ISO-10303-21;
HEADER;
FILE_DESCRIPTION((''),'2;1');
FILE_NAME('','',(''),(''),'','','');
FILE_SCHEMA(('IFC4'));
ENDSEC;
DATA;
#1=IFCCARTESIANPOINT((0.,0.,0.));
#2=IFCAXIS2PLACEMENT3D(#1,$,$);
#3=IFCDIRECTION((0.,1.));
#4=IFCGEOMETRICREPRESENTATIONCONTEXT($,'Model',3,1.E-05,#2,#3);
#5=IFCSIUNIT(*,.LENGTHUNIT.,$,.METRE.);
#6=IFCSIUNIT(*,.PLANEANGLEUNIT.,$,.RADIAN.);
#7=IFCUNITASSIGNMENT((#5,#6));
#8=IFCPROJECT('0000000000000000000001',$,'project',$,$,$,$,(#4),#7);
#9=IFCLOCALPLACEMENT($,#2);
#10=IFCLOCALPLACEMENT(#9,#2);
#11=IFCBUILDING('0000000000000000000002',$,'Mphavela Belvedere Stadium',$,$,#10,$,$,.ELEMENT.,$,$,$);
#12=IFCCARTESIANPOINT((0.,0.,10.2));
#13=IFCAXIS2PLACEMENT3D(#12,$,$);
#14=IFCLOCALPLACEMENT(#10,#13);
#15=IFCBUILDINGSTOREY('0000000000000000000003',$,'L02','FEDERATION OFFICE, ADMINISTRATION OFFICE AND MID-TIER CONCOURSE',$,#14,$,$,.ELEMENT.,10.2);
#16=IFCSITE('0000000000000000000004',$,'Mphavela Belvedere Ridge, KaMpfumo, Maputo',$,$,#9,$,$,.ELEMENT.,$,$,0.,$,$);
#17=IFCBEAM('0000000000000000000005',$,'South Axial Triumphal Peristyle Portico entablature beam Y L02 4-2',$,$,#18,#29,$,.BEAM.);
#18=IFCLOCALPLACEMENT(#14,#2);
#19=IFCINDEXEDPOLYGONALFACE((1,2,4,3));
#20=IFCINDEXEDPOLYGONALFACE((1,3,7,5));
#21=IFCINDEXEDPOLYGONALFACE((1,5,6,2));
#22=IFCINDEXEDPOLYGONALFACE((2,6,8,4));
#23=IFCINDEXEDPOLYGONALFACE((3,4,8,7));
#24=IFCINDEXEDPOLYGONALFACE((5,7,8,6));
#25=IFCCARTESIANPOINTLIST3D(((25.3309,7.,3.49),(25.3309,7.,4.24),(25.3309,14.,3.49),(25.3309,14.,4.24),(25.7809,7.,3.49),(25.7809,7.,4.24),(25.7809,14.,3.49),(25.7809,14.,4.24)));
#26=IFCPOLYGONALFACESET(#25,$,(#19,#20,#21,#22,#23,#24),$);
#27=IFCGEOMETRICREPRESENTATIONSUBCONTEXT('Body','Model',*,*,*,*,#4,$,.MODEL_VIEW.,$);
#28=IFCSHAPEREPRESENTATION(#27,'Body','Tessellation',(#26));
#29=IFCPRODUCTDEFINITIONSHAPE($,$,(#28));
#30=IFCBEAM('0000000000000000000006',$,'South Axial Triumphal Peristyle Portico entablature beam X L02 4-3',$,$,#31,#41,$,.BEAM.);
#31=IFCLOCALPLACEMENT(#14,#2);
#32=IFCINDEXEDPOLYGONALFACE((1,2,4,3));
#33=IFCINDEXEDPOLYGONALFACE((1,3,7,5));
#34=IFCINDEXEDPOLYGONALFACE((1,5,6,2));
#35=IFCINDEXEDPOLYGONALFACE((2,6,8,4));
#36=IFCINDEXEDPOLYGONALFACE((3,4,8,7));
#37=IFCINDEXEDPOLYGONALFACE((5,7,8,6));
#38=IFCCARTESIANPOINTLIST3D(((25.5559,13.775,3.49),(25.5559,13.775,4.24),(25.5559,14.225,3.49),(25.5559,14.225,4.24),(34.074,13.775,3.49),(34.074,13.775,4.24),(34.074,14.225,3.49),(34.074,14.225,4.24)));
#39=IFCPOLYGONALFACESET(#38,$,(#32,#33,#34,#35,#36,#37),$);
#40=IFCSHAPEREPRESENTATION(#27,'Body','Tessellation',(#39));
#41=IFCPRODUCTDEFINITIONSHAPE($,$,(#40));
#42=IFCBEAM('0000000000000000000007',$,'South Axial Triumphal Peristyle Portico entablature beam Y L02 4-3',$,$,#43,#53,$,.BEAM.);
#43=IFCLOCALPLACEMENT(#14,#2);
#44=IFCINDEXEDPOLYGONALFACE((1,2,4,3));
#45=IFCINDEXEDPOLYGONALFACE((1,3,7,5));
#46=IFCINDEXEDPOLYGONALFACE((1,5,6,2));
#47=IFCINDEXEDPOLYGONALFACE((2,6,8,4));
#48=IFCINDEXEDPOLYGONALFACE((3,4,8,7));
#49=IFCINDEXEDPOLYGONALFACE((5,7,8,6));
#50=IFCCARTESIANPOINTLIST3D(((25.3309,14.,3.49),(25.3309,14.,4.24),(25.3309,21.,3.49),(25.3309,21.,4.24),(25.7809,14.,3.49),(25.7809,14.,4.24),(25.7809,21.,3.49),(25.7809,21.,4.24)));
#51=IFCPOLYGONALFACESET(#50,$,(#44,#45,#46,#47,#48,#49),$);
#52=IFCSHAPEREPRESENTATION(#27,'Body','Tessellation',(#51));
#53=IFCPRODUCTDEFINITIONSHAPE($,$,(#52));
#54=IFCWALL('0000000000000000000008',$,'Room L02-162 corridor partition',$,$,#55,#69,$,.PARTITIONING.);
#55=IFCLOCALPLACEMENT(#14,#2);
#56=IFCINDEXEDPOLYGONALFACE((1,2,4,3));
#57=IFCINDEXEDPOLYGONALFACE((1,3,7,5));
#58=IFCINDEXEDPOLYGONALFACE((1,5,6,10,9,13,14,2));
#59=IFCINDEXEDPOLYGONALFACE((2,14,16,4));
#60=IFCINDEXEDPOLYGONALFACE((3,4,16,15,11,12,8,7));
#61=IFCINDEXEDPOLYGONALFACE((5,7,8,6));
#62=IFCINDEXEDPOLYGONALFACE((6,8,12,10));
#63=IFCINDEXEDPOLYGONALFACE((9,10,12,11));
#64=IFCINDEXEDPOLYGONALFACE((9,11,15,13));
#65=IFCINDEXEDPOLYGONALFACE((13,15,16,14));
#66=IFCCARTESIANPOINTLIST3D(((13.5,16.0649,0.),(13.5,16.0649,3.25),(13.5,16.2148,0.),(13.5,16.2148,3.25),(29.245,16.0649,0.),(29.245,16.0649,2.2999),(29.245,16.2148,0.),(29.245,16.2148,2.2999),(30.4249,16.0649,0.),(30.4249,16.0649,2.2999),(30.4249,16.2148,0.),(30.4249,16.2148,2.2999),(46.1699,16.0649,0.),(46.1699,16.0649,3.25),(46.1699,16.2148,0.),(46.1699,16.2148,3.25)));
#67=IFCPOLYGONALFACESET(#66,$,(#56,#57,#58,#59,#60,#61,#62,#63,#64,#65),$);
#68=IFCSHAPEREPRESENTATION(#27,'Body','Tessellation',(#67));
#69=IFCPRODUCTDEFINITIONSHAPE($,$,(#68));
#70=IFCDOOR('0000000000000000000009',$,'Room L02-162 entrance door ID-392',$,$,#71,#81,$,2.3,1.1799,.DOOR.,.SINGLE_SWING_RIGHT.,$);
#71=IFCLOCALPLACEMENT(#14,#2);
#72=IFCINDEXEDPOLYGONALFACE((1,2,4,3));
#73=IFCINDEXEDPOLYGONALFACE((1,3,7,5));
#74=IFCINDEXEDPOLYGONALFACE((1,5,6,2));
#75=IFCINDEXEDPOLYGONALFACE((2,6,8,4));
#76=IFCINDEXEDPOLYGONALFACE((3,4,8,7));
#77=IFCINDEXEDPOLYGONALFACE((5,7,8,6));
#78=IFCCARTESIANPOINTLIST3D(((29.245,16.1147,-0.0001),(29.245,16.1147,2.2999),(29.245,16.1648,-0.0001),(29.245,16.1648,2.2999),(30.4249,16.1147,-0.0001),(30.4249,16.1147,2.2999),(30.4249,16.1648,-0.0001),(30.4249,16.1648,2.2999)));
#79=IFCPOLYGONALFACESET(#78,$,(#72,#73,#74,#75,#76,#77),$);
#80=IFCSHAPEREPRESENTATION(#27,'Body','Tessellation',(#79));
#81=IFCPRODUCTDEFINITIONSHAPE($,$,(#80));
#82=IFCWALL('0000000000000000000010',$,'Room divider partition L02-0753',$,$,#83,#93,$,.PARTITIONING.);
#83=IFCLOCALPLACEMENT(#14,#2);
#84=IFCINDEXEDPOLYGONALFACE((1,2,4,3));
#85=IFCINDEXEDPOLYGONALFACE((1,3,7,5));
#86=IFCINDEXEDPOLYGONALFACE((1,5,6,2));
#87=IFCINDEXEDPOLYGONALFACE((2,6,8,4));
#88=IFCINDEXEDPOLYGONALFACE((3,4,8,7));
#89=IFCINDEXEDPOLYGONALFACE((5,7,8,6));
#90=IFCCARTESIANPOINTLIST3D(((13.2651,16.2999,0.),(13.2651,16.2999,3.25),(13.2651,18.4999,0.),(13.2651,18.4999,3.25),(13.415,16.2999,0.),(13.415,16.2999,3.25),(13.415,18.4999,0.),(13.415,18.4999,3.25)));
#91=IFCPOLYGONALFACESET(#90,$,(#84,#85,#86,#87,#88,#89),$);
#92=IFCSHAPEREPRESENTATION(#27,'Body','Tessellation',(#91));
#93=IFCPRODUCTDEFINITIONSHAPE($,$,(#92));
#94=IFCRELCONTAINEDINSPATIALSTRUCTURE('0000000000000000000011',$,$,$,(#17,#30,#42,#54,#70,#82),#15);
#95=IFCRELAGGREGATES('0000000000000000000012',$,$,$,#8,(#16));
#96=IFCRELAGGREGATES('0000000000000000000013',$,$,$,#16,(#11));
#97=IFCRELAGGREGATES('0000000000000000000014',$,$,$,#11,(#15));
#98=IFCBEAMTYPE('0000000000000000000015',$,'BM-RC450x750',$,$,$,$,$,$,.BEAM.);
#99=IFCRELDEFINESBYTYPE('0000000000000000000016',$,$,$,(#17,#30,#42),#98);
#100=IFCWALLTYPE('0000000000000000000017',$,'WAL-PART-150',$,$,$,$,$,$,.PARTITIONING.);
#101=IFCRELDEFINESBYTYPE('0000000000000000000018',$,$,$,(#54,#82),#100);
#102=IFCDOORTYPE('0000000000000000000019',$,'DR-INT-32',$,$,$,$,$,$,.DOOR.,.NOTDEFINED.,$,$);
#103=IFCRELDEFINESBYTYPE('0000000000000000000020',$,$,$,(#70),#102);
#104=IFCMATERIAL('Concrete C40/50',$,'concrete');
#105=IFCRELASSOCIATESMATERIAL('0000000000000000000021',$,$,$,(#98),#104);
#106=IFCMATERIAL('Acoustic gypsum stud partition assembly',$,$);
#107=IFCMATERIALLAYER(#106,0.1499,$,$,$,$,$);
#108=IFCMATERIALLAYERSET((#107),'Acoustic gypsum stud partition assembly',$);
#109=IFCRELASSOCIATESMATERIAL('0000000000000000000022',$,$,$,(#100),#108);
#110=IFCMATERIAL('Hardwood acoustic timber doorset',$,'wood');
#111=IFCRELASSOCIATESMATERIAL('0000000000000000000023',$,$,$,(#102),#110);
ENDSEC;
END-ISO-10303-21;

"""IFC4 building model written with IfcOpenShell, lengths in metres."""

from ifc_helpers import new_model, si_unit, direction, frame, frame_2d, origin, origin_2d, place, context, subcontext, project, spatial, rectangle, extrude, material, layer, layer_set, material_profile, profile_set, type_object, element, fill, save


model = new_model("IFC4")

# Units and contexts
model_context = context("Model", 3, precision=1e-05, world=origin(), true_north=direction((0.0, 1.0)))
body_context = subcontext(model_context, "Body", "Model", "MODEL_VIEW")
ifc_project = project(units=[si_unit("LENGTHUNIT", "METRE"), si_unit("PLANEANGLEUNIT", "RADIAN")], contexts=[model_context])

# Site, building, storey
site_placement = place(None, origin())
site = spatial("IfcSite", under=ifc_project, at=site_placement, Name="Mphavela Belvedere Ridge, KaMpfumo, Maputo", CompositionType="ELEMENT", RefElevation=0.0)
building_placement = place(site_placement, origin())
building = spatial("IfcBuilding", under=site, at=building_placement, Name="Mphavela Belvedere Stadium", CompositionType="ELEMENT")
storey_placement = place(building_placement, frame((0.0, 0.0, 10.2)))
storey = spatial("IfcBuildingStorey", under=building, at=storey_placement, Name="L02", Description="FEDERATION OFFICE, ADMINISTRATION OFFICE AND MID-TIER CONCOURSE", CompositionType="ELEMENT", Elevation=10.2)

# Beams
ifc_material_1 = material(Name="Concrete C40/50", Category="concrete")
ifc_material_profile_1 = material_profile(ifc_material_1, rectangle(XDim=0.45, YDim=0.75, at=origin_2d()), Name="RC 450x750")
ifc_profile_set_1 = profile_set([ifc_material_profile_1], Name="Concrete C40/50")
beam_type_1 = type_object("IfcBeamType", Name="BM-RC450x750", PredefinedType="BEAM", material=ifc_profile_set_1)
beam_1_placement = place(storey_placement, frame((25.5559, 7.0, 3.865), z_axis=(0.0, 1.0, 0.0), x_axis=(-1.0, 0.0, 0.0)))
element("IfcBeam", 1, at=beam_1_placement, inside=storey, type_object=beam_type_1, Name="South Axial Triumphal Peristyle Portico entablature beam Y L02 4-2", PredefinedType="BEAM", context=body_context, shape_type="SweptSolid", body=[
    extrude(rectangle(XDim=0.45, YDim=0.75, at=origin_2d()), origin(), (0.0, 0.0, 1.0), 7.0),
])
beam_2_placement = place(storey_placement, frame((25.5559, 14.0, 3.865), z_axis=(1.0, 0.0, 0.0), x_axis=(0.0, 1.0, 0.0)))
element("IfcBeam", 2, at=beam_2_placement, inside=storey, type_object=beam_type_1, Name="South Axial Triumphal Peristyle Portico entablature beam X L02 4-3", PredefinedType="BEAM", context=body_context, shape_type="SweptSolid", body=[
    extrude(rectangle(XDim=0.45, YDim=0.75, at=origin_2d()), origin(), (0.0, 0.0, 1.0), 8.5181),
])
beam_3_placement = place(storey_placement, frame((25.5559, 14.0, 3.865), z_axis=(0.0, 1.0, 0.0), x_axis=(-1.0, 0.0, 0.0)))
element("IfcBeam", 3, at=beam_3_placement, inside=storey, type_object=beam_type_1, Name="South Axial Triumphal Peristyle Portico entablature beam Y L02 4-3", PredefinedType="BEAM", context=body_context, shape_type="SweptSolid", body=[
    extrude(rectangle(XDim=0.45, YDim=0.75, at=origin_2d()), origin(), (0.0, 0.0, 1.0), 7.0),
])

# Wall, opening, door
ifc_material_2 = material(Name="Acoustic gypsum stud partition assembly")
ifc_layer = layer(ifc_material_2, 0.1499)
ifc_layer_set = layer_set([ifc_layer], Name="Acoustic gypsum stud partition assembly")
wall_type = type_object("IfcWallType", Name="WAL-PART-150", PredefinedType="PARTITIONING", material=ifc_layer_set)
wall_1_placement = place(storey_placement, frame((13.5, 16.1399, 0.0), z_axis=(0.0, 0.0, 1.0), x_axis=(1.0, 0.0, 0.0)))
wall_1 = element("IfcWall", 4, at=wall_1_placement, inside=storey, type_object=wall_type, Name="Room L02-162 corridor partition", PredefinedType="PARTITIONING", context=body_context, shape_type="SweptSolid", body=[
    extrude(rectangle(XDim=32.6699, YDim=0.1499, at=frame_2d((16.335, 0.0))), origin(), (0.0, 0.0, 1.0), 3.25),
])
opening_placement = place(wall_1_placement, frame((15.7451, 0.0, 0.0)))
opening = element("IfcOpeningElement", 5, at=opening_placement, cuts=wall_1, PredefinedType="OPENING", context=body_context, shape_type="SweptSolid", body=[
    extrude(rectangle(XDim=1.1799, YDim=2.3, at=frame_2d((0.5898, 1.1499))), frame((0.0, 0.085, 0.0), z_axis=(0.0, -1.0, 0.0), x_axis=(1.0, 0.0, 0.0)), (0.0, 0.0, 1.0), 0.1699),
])
ifc_material_3 = material(Name="Hardwood acoustic timber doorset", Category="wood")
door_type = type_object("IfcDoorType", Name="DR-INT-32", OperationType="NOTDEFINED", PredefinedType="DOOR", material=ifc_material_3)
door_placement = place(opening_placement, origin())
door = element("IfcDoor", 6, at=door_placement, inside=storey, type_object=door_type, Name="Room L02-162 entrance door ID-392", OperationType="SINGLE_SWING_RIGHT", OverallHeight=2.3, OverallWidth=1.1799, PredefinedType="DOOR", context=body_context, shape_type="SweptSolid", body=[
    extrude(rectangle(XDim=1.1799, YDim=2.3, at=frame_2d((0.5898, 1.1499))), frame((0.0, 0.0249, 0.0), z_axis=(0.0, -1.0, 0.0), x_axis=(1.0, 0.0, 0.0)), (0.0, 0.0, 1.0), 0.05),
])
fill(opening, door)

# Wall
wall_2_placement = place(storey_placement, frame((13.3401, 18.5, 0.0), z_axis=(0.0, 0.0, 1.0), x_axis=(0.0, -1.0, 0.0)))
element("IfcWall", 7, at=wall_2_placement, inside=storey, type_object=wall_type, Name="Room divider partition L02-0753", PredefinedType="PARTITIONING", context=body_context, shape_type="SweptSolid", body=[
    extrude(rectangle(XDim=2.2, YDim=0.1499, at=frame_2d((1.1001, 0.0))), origin(), (0.0, 0.0, 1.0), 3.25),
])

save(model, "model.ifc")
